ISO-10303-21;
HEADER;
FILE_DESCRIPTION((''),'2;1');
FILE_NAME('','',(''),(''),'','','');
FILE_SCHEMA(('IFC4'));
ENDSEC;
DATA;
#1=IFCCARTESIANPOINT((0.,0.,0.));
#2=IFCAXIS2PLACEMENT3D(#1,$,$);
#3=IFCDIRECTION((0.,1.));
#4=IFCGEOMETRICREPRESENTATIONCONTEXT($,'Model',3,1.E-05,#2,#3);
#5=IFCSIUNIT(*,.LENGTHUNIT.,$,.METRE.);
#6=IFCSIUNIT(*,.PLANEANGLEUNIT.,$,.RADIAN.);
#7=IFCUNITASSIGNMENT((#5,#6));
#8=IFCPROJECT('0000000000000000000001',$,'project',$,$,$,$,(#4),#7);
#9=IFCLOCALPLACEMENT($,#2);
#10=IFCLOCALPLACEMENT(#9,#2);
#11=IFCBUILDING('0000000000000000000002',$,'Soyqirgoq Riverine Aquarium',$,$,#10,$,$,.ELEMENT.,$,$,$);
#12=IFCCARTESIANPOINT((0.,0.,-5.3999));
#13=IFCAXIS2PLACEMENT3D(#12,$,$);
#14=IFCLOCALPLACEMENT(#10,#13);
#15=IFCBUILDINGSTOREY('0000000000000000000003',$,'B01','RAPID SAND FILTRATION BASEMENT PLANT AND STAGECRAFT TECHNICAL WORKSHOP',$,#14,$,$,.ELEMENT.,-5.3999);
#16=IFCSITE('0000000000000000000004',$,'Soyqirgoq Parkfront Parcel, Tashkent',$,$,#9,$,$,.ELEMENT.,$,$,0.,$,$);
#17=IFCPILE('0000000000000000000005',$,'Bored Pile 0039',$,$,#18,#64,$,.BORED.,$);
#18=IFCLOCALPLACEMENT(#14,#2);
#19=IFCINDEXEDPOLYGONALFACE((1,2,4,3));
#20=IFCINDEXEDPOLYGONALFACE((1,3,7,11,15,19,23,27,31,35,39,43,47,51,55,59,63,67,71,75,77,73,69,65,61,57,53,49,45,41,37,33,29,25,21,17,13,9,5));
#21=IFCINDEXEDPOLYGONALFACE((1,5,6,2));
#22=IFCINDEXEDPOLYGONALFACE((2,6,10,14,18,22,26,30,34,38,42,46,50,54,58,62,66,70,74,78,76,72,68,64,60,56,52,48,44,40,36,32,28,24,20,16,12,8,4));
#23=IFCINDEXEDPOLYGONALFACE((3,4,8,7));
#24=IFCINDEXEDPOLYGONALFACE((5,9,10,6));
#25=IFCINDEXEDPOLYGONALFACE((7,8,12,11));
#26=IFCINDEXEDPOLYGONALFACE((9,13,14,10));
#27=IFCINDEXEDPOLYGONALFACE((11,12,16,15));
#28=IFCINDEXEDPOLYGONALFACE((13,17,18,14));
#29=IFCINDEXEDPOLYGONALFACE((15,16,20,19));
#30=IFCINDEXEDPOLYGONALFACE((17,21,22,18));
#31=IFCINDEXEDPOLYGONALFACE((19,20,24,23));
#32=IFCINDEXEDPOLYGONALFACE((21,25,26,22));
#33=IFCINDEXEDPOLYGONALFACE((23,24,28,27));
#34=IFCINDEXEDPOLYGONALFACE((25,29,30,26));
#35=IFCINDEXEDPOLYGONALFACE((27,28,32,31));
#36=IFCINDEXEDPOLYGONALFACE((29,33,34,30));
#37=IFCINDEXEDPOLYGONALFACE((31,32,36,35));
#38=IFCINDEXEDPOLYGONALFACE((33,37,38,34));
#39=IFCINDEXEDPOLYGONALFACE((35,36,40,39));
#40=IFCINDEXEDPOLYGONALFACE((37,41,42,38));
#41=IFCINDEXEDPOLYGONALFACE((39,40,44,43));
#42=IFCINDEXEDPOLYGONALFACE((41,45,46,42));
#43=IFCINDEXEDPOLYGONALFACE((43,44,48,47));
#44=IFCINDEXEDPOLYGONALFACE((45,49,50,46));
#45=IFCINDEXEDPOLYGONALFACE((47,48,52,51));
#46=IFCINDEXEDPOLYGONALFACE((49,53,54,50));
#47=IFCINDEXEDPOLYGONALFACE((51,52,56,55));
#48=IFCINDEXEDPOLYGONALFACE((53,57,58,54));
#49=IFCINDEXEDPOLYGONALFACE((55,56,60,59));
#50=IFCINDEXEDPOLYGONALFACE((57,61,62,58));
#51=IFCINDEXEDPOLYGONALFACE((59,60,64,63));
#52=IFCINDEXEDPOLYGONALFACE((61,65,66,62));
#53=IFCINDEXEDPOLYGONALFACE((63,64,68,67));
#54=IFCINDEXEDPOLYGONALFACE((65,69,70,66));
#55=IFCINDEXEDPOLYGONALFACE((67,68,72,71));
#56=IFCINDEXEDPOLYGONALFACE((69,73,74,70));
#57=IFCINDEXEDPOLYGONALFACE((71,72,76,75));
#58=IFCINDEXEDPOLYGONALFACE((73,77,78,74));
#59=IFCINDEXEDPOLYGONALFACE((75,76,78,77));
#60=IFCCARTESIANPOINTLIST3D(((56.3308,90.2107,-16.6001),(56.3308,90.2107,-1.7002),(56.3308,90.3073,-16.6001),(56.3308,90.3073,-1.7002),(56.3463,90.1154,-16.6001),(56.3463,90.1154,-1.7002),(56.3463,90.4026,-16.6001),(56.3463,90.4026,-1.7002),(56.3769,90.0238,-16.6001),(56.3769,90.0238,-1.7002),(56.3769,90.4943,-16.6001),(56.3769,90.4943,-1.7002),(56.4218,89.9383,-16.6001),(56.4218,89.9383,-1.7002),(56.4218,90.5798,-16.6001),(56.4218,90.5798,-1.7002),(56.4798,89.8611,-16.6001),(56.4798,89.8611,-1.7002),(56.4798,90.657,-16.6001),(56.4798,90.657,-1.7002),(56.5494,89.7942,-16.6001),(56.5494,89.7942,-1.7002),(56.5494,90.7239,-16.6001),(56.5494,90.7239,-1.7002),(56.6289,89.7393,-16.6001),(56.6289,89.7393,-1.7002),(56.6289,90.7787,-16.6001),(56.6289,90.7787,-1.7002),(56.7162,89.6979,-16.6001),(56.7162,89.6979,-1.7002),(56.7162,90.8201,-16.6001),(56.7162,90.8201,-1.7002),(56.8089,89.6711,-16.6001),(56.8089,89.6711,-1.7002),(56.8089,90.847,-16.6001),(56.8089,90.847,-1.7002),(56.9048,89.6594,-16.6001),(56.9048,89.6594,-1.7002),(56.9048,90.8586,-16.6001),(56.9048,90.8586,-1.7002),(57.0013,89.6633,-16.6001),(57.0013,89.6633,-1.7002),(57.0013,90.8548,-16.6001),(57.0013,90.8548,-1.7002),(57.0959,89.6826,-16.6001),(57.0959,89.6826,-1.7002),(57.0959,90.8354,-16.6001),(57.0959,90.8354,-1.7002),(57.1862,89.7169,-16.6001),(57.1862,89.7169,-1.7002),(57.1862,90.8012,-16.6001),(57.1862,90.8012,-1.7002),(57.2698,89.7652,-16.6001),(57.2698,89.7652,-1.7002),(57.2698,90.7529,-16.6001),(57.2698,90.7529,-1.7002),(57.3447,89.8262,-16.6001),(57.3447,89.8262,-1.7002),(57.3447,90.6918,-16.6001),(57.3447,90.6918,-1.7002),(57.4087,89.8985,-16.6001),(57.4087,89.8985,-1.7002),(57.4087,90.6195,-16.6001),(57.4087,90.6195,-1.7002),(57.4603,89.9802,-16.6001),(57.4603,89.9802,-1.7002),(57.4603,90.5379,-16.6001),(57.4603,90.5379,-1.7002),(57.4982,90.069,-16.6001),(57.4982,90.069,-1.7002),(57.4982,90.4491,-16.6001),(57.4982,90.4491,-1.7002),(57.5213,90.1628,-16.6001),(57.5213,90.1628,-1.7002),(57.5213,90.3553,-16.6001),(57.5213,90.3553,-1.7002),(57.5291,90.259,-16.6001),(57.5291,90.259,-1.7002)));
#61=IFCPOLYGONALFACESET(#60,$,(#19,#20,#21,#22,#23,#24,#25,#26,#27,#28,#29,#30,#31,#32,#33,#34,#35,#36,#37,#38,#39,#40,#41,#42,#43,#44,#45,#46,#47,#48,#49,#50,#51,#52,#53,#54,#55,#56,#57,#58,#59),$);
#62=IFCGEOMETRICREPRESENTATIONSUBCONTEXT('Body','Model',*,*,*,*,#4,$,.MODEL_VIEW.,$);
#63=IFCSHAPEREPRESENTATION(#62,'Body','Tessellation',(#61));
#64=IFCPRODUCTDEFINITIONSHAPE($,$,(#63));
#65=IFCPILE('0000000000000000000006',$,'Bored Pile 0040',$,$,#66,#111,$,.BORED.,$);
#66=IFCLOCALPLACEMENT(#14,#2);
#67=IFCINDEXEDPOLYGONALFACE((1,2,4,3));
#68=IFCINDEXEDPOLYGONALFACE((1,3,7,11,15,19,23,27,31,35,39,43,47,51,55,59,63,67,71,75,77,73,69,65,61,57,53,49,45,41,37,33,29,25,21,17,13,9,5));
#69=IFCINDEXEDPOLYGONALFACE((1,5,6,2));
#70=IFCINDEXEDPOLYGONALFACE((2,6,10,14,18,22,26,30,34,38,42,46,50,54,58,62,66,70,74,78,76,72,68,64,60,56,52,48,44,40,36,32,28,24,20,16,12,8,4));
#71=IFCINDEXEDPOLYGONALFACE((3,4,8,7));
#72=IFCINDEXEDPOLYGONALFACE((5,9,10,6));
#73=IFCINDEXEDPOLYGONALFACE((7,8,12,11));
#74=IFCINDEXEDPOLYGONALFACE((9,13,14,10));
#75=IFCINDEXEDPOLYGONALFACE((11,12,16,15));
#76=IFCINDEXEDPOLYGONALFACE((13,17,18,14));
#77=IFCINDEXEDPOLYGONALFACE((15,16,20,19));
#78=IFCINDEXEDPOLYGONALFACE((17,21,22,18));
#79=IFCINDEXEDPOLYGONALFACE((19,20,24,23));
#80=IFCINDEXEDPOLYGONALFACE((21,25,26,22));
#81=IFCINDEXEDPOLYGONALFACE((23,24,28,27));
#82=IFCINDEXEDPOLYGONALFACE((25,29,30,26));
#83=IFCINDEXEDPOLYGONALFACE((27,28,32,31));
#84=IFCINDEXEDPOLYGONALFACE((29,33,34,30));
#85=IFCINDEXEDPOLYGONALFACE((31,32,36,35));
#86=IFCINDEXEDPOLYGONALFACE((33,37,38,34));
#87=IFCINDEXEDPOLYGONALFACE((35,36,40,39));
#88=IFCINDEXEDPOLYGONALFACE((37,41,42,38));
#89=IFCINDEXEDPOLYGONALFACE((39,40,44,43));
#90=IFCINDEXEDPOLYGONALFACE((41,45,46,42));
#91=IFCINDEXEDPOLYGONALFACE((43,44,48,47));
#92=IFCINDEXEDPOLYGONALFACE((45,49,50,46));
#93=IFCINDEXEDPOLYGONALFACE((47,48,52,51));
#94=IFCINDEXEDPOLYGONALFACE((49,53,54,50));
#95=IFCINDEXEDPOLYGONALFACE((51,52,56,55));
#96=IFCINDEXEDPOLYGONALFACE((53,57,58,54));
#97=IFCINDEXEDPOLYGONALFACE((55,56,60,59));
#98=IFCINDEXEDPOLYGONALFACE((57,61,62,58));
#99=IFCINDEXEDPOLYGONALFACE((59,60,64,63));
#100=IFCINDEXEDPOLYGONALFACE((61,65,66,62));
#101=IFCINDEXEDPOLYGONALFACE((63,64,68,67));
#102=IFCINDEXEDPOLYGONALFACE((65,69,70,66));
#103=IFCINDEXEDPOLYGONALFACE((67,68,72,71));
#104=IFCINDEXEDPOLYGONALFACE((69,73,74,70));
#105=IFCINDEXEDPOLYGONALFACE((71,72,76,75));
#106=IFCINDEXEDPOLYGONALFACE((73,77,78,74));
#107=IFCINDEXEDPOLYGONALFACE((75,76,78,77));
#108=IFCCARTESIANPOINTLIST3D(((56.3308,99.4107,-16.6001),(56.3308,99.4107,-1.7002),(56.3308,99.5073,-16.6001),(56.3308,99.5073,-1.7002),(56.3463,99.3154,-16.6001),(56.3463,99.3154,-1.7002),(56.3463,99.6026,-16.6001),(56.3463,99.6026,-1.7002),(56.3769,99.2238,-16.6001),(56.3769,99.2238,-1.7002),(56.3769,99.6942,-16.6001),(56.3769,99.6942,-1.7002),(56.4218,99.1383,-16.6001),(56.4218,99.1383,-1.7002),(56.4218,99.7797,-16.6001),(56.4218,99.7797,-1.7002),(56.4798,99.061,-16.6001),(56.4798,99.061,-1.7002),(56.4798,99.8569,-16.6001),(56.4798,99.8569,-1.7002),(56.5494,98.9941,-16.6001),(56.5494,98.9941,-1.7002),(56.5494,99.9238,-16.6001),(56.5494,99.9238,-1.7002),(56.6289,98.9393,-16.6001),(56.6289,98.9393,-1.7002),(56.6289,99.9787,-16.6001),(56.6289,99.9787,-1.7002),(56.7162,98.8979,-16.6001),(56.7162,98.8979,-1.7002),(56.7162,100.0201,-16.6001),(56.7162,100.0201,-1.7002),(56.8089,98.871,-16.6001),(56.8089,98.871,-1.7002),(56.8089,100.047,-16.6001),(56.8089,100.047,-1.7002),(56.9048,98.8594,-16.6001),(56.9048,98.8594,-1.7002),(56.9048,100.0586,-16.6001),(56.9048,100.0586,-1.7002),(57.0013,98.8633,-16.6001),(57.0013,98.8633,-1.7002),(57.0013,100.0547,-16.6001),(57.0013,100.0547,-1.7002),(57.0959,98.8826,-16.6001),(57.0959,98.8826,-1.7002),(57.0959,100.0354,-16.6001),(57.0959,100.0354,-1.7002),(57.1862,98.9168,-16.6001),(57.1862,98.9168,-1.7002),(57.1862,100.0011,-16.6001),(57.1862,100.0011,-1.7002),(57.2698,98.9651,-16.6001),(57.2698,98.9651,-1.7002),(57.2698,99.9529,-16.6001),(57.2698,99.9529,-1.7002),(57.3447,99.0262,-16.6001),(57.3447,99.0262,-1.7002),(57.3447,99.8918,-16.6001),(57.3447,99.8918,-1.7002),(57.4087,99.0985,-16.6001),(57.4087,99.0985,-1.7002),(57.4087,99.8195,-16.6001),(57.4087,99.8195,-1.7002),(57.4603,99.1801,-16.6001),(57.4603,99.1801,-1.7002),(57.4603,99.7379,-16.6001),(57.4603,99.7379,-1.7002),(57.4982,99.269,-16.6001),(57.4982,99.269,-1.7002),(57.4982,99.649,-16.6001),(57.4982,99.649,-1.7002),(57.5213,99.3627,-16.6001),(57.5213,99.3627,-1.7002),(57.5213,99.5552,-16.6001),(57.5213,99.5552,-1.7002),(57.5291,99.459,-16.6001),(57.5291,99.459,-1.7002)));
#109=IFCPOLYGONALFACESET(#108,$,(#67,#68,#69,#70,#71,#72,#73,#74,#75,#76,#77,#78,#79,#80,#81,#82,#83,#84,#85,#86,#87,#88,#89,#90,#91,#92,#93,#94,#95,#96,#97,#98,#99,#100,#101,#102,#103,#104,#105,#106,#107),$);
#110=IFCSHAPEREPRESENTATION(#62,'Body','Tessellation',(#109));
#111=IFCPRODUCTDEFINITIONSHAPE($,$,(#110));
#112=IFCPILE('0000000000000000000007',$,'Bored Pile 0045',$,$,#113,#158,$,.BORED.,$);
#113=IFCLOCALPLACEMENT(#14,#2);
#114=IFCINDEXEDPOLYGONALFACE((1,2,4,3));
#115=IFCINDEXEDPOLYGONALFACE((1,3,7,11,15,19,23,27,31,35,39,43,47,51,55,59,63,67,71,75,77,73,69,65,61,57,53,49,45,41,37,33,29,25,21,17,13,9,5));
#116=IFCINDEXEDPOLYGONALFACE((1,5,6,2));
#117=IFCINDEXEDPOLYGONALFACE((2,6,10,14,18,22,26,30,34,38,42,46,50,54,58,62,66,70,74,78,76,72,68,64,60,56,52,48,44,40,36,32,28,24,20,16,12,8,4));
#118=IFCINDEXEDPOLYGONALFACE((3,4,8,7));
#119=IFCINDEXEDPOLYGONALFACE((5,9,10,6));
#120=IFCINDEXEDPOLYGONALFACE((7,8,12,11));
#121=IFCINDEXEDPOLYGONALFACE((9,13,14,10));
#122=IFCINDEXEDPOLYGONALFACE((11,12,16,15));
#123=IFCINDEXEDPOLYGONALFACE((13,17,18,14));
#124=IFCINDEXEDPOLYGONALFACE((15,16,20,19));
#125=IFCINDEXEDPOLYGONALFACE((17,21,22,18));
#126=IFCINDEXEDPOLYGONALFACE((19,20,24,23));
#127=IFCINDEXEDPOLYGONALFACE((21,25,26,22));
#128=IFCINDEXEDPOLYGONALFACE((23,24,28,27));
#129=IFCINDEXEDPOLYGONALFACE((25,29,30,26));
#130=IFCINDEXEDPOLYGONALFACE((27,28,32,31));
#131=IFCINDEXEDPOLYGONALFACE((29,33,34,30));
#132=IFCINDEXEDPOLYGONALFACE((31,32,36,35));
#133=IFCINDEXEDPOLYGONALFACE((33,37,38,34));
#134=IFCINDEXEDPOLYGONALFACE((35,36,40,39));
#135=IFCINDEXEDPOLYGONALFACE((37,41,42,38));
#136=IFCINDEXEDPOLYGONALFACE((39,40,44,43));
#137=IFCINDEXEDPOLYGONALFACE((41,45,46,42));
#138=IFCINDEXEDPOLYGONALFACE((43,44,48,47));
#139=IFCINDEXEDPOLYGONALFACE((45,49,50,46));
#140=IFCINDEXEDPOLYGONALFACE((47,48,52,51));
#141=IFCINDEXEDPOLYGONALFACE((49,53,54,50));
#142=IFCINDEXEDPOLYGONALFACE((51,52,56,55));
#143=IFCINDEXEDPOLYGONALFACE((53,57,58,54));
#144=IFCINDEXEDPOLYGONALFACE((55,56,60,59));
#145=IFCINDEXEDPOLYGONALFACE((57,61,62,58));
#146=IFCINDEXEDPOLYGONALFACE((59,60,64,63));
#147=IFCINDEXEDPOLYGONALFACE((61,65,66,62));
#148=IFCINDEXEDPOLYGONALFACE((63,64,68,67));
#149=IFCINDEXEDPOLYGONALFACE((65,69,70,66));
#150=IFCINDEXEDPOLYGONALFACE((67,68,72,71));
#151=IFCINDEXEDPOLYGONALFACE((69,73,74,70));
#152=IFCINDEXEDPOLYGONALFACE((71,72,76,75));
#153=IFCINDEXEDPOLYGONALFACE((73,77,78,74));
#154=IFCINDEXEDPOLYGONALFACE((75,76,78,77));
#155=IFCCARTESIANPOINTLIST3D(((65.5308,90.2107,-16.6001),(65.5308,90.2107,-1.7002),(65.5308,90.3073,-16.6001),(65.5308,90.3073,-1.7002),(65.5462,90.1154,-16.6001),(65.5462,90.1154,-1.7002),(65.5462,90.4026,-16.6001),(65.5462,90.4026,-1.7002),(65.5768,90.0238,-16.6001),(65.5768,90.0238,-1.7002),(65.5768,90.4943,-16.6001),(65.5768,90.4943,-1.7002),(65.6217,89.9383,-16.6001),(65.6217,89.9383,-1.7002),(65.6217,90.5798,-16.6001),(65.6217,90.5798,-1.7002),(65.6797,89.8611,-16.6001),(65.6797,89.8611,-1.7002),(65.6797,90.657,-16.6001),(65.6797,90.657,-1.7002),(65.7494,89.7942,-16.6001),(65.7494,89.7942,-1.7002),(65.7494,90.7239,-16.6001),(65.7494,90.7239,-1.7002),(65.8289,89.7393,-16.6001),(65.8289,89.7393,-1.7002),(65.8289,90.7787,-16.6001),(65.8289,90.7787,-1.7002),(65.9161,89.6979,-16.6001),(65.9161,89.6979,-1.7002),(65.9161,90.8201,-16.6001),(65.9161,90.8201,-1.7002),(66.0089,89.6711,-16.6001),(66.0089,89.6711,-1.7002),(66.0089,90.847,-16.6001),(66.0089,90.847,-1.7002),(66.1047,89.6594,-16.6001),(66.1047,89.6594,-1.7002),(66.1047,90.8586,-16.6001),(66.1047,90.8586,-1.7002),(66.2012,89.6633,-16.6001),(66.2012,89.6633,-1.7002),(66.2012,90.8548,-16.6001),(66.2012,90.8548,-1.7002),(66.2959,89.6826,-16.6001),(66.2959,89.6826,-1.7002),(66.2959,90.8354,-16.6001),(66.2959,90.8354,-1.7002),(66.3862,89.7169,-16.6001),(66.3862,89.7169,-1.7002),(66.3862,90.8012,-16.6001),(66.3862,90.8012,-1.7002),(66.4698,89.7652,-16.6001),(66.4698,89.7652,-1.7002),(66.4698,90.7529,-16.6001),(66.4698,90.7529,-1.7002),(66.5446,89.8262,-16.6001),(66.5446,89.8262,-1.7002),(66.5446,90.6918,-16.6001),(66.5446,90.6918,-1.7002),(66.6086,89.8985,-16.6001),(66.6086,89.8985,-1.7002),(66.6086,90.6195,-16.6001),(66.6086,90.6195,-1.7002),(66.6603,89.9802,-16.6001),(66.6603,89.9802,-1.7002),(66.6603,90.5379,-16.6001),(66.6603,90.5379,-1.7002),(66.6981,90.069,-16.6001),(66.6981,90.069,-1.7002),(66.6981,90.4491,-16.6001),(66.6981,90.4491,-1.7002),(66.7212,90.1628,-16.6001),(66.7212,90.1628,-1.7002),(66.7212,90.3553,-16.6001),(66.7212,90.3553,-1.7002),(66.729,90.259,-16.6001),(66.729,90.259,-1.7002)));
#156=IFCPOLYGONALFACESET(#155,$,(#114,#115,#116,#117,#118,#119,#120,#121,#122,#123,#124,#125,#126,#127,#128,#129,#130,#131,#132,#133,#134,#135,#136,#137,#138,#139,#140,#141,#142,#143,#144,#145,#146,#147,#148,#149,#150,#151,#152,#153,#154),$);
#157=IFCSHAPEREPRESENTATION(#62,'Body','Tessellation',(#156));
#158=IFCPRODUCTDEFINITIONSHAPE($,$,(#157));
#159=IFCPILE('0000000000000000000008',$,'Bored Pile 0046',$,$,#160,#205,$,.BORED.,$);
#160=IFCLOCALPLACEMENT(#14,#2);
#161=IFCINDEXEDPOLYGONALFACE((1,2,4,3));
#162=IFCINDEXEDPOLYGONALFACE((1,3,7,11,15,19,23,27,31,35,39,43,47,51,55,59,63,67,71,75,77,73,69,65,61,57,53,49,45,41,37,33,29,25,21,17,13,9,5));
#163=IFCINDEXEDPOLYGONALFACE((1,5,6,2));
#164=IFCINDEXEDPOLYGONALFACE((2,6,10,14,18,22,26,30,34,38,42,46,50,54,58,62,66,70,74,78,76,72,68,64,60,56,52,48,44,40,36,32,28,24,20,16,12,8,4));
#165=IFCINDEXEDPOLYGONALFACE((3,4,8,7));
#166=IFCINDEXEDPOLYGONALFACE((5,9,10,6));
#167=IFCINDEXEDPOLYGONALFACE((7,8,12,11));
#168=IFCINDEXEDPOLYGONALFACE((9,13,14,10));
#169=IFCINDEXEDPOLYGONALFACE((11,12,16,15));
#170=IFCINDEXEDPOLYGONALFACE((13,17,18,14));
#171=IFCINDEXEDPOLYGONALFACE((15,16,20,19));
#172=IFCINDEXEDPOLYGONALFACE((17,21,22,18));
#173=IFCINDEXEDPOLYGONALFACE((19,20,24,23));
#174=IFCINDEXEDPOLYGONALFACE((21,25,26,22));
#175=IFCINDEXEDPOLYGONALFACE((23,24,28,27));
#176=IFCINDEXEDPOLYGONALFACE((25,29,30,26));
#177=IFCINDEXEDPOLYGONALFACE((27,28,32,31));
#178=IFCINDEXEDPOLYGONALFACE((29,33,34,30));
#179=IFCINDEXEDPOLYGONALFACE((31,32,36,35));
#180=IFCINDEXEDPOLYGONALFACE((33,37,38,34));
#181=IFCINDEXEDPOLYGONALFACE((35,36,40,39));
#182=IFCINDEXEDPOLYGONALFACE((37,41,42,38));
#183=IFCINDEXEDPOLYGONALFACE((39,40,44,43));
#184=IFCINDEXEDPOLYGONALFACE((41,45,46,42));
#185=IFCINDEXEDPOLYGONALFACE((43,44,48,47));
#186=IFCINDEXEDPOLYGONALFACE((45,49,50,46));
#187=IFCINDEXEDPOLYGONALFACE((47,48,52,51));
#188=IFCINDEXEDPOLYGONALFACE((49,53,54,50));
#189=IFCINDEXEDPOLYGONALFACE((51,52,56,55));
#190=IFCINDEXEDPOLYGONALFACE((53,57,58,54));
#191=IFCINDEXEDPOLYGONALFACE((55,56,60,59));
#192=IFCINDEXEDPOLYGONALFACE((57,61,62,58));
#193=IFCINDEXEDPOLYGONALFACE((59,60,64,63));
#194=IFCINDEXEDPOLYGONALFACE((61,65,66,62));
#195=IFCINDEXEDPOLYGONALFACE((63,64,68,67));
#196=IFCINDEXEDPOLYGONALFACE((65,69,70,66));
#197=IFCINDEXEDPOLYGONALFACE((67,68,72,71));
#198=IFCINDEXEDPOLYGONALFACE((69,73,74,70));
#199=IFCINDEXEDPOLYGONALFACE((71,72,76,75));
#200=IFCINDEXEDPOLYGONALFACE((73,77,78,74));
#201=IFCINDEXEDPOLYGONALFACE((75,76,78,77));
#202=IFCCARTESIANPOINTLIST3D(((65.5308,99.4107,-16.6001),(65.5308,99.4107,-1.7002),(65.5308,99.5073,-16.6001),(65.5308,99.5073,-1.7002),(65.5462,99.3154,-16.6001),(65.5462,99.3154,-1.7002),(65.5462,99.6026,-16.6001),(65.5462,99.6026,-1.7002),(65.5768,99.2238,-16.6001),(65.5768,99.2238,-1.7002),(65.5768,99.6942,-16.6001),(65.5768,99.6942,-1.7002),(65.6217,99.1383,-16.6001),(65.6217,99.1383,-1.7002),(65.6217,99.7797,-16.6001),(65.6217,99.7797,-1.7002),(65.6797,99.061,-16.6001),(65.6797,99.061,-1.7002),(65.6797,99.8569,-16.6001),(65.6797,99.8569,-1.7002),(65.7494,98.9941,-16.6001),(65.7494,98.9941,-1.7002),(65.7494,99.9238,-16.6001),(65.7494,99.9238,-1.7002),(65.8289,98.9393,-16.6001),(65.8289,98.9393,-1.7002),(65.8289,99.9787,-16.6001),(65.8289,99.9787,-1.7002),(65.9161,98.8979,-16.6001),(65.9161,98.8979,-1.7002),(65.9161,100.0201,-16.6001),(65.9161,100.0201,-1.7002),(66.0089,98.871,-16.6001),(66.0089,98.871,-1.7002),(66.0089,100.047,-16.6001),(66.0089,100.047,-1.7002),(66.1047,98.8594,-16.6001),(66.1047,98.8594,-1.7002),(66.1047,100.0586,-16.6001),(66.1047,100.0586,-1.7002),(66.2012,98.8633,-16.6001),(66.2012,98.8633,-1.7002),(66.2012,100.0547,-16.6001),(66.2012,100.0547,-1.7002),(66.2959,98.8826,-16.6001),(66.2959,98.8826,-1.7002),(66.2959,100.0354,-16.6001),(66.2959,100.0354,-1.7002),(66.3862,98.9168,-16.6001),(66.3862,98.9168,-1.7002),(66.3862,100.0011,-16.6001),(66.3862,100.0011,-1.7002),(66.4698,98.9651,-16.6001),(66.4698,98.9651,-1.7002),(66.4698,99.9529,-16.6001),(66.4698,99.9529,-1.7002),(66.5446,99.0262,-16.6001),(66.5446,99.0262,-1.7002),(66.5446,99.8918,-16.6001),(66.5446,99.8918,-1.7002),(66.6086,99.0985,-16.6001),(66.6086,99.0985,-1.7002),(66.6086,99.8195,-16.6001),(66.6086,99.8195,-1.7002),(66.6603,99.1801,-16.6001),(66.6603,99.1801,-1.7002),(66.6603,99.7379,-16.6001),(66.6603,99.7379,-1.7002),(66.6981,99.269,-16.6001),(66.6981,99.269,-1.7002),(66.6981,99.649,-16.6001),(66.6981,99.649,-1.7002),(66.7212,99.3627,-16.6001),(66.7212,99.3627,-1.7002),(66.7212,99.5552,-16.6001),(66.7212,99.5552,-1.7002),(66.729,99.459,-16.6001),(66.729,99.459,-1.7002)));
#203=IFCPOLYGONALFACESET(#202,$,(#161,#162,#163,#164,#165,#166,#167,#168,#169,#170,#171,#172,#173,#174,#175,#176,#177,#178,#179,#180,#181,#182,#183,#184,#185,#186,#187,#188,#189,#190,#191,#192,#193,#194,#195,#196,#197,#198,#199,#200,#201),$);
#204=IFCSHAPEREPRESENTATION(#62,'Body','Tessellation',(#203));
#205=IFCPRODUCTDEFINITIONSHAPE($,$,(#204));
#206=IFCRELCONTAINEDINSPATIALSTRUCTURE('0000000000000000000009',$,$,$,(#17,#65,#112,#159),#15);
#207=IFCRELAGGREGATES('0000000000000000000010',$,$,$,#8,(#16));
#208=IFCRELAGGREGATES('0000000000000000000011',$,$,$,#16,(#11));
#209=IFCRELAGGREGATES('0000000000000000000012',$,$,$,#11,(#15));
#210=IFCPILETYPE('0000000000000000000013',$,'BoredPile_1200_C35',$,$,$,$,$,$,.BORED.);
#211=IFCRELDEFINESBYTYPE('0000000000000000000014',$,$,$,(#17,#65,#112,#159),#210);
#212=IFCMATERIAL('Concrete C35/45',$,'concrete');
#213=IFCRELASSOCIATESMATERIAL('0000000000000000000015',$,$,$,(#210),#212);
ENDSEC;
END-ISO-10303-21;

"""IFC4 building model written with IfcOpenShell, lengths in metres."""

from ifc_helpers import new_model, si_unit, direction, frame, origin, origin_2d, place, context, subcontext, project, spatial, circle, extrude, material, material_profile, profile_set, type_object, element, save


model = new_model("IFC4")

# Units and contexts
model_context = context("Model", 3, precision=1e-05, world=origin(), true_north=direction((0.0, 1.0)))
body_context = subcontext(model_context, "Body", "Model", "MODEL_VIEW")
ifc_project = project(units=[si_unit("LENGTHUNIT", "METRE"), si_unit("PLANEANGLEUNIT", "RADIAN")], contexts=[model_context])

# Site, building, storey
site_placement = place(None, origin())
site = spatial("IfcSite", under=ifc_project, at=site_placement, Name="Soyqirgoq Parkfront Parcel, Tashkent", CompositionType="ELEMENT", RefElevation=0.0)
building_placement = place(site_placement, origin())
building = spatial("IfcBuilding", under=site, at=building_placement, Name="Soyqirgoq Riverine Aquarium", CompositionType="ELEMENT")
storey_placement = place(building_placement, frame((0.0, 0.0, -5.3999)))
storey = spatial("IfcBuildingStorey", under=building, at=storey_placement, Name="B01", Description="RAPID SAND FILTRATION BASEMENT PLANT AND STAGECRAFT TECHNICAL WORKSHOP", CompositionType="ELEMENT", Elevation=-5.3999)

# Piles
ifc_material_1 = material(Name="Concrete C35/45", Category="concrete")
ifc_material_profile_1 = material_profile(ifc_material_1, circle(Radius=0.6001, at=origin_2d()), Name="BP D1200")
ifc_profile_set_1 = profile_set([ifc_material_profile_1], Name="Concrete C35/45")
pile_type = type_object("IfcPileType", Name="BoredPile_1200_C35", PredefinedType="BORED", material=ifc_profile_set_1)
for number, where, z_axis, x_axis, name in (
    (1, (56.929, 90.259, -1.7002), (0.0, 0.0, -1.0), (1.0, 0.0, 0.0), "Bored Pile 0039"),
    (2, (56.929, 99.459, -1.7002), (0.0, 0.0, -1.0), (1.0, 0.0, 0.0), "Bored Pile 0040"),
    (3, (66.1289, 90.259, -1.7002), (0.0, 0.0, -1.0), (1.0, 0.0, 0.0), "Bored Pile 0045"),
    (4, (66.1289, 99.459, -1.7002), (0.0, 0.0, -1.0), (1.0, 0.0, 0.0), "Bored Pile 0046"),
):
    element("IfcPile", number, at=place(storey_placement, frame(where, z_axis=z_axis, x_axis=x_axis)), inside=storey, type_object=pile_type, Name=name, PredefinedType="BORED", context=body_context, shape_type="SweptSolid", body=[
        extrude(circle(Radius=0.6001, at=origin_2d()), origin(), (0.0, 0.0, 1.0), 14.8999),
    ])

save(model, "model.ifc")
